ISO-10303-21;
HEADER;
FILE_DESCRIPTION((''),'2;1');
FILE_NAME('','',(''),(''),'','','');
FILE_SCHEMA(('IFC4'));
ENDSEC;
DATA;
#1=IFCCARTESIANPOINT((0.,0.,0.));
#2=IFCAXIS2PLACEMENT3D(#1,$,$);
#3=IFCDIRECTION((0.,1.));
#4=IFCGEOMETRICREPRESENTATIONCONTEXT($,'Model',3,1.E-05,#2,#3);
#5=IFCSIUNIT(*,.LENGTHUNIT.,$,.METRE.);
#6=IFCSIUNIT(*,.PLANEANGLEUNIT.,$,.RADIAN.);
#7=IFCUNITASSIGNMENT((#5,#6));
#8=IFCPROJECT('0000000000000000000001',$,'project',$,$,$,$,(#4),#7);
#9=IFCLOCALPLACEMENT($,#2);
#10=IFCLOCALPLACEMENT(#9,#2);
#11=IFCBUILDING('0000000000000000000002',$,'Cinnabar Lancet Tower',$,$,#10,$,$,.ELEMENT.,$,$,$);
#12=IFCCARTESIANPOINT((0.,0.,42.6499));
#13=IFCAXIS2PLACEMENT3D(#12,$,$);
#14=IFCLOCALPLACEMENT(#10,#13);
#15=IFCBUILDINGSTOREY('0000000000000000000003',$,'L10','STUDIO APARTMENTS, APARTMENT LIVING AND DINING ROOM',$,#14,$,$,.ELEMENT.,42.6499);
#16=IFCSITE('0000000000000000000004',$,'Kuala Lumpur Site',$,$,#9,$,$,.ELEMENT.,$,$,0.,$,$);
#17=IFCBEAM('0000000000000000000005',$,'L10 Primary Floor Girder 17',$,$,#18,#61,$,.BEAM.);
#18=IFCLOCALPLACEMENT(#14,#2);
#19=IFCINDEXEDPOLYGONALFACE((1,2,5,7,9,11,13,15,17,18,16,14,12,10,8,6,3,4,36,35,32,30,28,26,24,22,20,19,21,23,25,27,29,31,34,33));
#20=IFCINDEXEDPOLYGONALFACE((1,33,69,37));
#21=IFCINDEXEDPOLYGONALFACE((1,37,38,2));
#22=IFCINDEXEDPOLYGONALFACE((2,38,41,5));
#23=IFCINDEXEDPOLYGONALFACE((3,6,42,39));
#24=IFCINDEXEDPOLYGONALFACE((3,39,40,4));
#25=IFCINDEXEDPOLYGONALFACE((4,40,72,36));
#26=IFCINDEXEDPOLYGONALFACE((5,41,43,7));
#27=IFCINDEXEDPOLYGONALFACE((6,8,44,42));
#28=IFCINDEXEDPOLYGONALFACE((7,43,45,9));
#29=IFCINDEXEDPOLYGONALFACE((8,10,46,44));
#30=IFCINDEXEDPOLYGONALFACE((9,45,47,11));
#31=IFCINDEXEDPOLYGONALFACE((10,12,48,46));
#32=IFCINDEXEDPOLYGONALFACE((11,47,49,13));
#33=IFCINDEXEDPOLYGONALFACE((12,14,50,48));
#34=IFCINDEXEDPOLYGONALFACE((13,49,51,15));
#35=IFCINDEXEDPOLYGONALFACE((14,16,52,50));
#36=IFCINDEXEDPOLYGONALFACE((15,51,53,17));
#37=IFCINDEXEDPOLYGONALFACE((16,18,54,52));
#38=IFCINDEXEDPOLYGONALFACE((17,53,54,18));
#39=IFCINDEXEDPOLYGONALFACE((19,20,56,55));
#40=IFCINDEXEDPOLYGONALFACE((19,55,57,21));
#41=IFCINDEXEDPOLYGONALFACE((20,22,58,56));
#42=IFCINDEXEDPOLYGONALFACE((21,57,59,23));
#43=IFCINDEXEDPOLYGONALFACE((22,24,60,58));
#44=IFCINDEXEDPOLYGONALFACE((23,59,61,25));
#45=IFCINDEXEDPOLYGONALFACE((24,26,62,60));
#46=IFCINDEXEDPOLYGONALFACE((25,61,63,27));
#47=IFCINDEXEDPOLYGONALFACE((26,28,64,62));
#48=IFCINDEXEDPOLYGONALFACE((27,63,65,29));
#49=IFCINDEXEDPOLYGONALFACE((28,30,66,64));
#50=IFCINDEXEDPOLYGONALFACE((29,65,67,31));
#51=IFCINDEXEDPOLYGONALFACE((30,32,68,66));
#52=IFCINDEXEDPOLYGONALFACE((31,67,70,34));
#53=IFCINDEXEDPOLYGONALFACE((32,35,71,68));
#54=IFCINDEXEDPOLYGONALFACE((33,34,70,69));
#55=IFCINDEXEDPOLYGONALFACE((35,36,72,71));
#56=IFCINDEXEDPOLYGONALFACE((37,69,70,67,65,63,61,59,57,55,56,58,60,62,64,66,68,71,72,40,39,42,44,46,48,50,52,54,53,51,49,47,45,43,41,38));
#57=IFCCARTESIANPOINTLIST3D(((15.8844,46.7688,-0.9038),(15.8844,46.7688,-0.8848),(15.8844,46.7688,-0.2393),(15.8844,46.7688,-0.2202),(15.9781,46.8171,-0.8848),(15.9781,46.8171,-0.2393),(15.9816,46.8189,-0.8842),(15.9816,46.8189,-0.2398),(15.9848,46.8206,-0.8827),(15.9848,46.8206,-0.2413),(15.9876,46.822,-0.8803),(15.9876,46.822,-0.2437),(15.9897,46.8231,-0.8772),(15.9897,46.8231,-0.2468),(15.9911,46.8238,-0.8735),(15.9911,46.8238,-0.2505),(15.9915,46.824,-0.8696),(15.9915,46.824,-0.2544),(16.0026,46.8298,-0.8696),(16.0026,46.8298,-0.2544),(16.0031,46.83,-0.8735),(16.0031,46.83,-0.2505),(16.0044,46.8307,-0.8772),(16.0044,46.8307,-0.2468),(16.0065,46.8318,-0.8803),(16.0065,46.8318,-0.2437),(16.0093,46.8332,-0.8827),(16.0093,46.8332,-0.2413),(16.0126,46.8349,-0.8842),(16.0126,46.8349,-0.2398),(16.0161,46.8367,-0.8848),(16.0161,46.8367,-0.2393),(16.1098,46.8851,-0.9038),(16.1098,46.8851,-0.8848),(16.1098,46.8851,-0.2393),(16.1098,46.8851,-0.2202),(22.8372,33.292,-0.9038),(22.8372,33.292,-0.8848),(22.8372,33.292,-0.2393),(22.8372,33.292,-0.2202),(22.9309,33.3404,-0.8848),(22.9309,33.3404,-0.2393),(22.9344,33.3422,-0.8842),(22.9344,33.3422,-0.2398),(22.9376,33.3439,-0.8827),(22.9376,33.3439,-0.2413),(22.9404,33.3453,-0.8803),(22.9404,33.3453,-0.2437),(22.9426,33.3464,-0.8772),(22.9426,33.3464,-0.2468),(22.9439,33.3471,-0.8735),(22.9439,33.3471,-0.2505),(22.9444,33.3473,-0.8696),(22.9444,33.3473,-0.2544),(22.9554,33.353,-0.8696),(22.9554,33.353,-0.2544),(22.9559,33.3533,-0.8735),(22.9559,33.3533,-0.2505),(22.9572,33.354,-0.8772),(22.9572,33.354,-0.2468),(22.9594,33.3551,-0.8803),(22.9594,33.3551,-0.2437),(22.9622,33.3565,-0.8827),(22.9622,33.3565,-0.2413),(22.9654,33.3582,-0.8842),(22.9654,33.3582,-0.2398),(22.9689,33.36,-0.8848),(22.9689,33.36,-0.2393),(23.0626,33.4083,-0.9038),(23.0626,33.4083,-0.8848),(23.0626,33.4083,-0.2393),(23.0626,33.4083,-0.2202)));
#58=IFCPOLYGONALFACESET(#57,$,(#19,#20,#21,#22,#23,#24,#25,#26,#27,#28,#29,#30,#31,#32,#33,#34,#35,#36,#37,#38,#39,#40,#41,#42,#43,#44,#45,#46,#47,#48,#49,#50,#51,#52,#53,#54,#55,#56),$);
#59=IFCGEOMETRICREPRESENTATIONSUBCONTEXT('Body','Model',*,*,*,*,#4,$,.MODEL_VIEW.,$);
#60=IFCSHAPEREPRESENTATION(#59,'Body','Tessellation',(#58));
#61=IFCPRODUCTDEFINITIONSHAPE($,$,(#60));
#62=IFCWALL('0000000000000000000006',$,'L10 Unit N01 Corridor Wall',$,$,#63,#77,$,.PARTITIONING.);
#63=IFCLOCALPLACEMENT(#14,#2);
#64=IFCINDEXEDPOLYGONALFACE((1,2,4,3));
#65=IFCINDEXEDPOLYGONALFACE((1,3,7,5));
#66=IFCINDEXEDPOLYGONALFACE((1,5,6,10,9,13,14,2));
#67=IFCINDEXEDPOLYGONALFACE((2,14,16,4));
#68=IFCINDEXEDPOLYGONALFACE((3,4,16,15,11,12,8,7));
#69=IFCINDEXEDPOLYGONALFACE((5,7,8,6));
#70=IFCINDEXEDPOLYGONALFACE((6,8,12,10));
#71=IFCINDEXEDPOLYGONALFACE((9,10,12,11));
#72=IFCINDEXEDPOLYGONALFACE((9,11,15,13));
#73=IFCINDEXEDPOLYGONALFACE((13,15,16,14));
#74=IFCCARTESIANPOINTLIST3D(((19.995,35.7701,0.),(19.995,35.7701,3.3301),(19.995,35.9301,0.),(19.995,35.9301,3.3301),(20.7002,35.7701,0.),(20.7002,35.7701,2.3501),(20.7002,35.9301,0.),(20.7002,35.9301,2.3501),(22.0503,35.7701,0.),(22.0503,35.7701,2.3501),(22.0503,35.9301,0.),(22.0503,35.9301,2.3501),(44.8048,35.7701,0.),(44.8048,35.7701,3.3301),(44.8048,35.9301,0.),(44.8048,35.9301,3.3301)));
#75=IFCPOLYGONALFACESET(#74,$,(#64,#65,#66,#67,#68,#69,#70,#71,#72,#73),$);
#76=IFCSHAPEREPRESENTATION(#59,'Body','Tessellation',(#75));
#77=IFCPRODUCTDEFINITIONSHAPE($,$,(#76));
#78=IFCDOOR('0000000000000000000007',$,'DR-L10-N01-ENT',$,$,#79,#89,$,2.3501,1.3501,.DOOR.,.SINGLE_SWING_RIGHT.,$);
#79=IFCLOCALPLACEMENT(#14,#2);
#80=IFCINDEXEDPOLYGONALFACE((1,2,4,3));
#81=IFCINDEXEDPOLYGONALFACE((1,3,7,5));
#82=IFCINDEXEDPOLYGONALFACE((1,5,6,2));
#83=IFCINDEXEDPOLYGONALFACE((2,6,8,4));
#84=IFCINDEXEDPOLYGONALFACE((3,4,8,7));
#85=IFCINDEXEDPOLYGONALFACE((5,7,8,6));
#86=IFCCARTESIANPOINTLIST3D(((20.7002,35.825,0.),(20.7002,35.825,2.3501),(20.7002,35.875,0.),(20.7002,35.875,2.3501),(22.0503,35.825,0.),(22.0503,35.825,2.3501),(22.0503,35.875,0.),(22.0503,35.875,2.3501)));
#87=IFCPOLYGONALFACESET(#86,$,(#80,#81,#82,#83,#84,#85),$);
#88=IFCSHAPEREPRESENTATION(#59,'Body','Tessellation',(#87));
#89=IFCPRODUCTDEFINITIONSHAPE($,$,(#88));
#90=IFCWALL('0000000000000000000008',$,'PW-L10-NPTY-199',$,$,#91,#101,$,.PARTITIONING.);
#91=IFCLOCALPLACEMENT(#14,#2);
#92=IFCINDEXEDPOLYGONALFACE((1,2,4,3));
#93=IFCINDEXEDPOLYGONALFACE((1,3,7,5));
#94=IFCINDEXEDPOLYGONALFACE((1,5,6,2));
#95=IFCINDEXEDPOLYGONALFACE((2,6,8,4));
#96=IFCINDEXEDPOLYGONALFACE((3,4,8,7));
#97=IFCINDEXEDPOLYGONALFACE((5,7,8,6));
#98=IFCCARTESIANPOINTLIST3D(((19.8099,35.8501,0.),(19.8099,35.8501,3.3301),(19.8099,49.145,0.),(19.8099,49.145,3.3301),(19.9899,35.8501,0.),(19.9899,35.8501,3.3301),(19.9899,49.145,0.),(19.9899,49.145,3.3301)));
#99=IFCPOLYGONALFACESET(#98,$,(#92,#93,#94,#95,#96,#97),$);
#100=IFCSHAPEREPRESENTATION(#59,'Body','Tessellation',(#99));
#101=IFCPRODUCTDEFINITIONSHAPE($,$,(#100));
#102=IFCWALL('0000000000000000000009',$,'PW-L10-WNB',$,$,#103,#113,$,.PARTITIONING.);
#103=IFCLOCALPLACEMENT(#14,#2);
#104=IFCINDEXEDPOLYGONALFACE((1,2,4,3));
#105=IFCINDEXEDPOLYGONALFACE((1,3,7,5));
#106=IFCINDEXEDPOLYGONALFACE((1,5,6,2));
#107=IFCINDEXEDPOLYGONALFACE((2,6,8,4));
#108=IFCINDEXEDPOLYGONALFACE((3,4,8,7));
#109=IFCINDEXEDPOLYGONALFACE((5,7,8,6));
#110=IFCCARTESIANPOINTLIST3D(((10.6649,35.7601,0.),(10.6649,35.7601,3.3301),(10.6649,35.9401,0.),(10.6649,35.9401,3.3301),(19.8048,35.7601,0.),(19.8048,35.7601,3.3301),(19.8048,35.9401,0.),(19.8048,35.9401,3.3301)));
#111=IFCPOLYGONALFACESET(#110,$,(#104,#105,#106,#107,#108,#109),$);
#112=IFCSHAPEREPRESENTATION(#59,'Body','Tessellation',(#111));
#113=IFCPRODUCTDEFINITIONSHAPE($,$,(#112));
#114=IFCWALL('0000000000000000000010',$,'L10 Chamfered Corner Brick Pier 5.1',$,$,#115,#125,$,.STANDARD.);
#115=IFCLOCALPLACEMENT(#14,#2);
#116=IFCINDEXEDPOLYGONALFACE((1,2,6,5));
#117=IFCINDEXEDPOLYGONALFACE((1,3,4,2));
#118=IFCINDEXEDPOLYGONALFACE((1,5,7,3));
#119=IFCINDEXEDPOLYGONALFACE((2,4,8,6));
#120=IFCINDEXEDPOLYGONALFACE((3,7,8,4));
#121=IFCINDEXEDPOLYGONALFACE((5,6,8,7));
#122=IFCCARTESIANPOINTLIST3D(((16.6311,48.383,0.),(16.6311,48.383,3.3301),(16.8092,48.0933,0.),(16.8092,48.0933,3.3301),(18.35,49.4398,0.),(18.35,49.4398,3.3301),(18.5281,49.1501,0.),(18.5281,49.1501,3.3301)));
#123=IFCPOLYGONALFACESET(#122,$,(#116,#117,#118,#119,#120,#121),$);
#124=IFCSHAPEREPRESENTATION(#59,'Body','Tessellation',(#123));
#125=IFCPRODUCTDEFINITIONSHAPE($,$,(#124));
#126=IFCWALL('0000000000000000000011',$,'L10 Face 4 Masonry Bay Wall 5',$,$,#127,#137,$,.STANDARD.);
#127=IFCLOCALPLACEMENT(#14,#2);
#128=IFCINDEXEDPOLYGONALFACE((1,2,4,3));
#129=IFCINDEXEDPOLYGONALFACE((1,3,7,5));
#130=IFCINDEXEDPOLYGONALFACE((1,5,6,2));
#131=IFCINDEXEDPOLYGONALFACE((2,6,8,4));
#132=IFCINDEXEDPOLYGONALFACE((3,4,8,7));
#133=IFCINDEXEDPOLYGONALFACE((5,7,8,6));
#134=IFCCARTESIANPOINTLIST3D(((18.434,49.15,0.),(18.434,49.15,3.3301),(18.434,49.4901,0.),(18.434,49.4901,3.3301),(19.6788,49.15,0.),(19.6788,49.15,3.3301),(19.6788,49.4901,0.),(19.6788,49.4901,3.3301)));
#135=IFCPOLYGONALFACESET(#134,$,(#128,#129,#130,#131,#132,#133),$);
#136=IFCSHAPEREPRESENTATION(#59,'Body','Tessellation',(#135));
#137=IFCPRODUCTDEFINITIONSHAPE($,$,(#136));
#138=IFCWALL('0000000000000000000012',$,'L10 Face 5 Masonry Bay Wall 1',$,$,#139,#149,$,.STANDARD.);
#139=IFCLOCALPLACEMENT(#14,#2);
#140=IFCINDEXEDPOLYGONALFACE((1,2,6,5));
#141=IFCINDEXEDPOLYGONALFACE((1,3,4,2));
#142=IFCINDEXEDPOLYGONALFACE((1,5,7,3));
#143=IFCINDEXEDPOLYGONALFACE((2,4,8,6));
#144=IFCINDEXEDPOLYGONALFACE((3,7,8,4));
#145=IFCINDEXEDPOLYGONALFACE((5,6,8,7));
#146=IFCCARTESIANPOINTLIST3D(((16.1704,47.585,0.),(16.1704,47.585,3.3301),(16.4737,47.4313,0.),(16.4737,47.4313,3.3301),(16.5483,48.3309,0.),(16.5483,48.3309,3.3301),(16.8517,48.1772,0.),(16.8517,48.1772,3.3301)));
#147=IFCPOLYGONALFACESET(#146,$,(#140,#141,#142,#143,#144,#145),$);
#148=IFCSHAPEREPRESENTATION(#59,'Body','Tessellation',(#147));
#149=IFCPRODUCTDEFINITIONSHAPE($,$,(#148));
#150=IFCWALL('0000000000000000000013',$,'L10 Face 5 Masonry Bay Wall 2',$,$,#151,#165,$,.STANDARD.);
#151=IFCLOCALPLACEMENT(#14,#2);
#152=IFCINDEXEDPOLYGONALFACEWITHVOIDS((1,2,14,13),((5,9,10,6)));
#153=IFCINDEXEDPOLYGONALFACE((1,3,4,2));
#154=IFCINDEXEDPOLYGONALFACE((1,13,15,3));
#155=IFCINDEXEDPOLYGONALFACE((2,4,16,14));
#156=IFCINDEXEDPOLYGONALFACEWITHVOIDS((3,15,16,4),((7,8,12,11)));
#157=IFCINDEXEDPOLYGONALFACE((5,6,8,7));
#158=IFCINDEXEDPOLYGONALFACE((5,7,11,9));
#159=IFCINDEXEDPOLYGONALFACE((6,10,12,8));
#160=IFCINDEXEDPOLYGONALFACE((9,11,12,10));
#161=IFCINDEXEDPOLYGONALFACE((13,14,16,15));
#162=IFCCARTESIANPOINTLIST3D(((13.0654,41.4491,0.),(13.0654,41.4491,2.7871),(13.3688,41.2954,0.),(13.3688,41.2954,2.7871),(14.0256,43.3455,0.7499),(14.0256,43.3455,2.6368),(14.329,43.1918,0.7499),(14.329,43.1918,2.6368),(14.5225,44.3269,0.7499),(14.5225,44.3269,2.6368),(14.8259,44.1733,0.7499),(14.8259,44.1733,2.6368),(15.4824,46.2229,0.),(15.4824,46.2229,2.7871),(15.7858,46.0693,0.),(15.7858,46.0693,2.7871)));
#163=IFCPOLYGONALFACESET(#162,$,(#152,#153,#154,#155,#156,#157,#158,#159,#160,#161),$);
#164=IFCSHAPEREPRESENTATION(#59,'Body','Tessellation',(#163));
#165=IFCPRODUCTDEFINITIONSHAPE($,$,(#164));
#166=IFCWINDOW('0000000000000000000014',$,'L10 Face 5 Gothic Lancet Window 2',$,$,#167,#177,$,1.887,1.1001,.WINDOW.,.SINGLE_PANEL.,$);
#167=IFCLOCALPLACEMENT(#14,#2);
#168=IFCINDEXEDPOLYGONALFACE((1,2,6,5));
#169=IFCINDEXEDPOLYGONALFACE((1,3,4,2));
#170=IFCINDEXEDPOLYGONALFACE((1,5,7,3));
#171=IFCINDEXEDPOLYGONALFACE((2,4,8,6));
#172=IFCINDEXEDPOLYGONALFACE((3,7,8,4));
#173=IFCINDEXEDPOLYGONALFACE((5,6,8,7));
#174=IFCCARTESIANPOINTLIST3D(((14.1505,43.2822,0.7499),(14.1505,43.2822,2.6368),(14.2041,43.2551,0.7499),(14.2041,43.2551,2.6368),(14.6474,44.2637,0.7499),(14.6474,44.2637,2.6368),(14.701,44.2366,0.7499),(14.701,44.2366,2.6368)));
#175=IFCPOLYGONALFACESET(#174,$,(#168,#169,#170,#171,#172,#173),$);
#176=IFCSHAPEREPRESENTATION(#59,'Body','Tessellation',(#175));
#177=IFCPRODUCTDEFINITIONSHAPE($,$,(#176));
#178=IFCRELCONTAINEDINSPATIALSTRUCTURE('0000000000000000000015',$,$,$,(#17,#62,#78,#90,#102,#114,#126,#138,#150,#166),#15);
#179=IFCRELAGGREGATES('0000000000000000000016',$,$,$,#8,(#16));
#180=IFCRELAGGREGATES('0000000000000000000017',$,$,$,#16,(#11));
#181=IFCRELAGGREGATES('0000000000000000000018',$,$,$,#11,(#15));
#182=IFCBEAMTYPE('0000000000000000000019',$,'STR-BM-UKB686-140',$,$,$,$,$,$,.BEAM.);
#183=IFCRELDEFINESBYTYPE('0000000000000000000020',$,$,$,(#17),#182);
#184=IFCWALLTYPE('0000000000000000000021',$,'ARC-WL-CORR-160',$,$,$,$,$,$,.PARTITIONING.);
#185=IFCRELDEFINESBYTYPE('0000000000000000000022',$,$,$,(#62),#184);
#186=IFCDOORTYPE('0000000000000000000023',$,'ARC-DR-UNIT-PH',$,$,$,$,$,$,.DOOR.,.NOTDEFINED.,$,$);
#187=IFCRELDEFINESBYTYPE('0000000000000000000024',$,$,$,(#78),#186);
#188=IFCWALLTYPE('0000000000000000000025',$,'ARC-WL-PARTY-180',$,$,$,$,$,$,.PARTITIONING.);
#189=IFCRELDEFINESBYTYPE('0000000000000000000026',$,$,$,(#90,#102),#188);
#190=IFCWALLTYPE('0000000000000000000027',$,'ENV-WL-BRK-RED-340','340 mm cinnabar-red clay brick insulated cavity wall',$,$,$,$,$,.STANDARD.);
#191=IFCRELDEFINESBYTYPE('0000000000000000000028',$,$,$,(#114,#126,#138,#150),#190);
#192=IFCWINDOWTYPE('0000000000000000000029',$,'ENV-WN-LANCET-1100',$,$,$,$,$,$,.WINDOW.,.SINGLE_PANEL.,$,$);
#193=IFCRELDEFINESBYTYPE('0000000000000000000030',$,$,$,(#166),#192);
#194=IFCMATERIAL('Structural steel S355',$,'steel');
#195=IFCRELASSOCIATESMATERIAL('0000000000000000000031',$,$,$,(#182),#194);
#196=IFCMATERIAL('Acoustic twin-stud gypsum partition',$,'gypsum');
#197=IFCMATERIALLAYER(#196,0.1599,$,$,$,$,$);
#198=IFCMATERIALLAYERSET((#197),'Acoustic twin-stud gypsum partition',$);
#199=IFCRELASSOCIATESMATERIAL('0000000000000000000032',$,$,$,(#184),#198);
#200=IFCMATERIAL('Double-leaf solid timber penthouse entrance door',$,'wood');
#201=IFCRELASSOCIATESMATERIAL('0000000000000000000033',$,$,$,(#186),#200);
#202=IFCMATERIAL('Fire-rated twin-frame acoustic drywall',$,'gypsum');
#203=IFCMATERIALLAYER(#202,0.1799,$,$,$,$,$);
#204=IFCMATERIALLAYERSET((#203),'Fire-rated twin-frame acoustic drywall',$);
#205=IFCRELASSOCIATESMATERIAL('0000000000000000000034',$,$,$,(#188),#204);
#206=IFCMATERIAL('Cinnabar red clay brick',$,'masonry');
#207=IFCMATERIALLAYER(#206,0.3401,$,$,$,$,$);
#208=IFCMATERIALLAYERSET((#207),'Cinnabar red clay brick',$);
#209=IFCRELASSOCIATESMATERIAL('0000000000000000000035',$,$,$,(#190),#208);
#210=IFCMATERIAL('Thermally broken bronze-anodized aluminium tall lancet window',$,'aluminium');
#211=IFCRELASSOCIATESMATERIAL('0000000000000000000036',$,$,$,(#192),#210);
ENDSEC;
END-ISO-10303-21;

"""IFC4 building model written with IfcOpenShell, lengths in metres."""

from ifc_helpers import new_model, si_unit, direction, frame, frame_2d, origin, origin_2d, place, context, subcontext, project, spatial, rectangle, i_section, extrude, material, layer, layer_set, material_profile, profile_set, type_object, element, fill, save


model = new_model("IFC4")

# Units and contexts
model_context = context("Model", 3, precision=1e-05, world=origin(), true_north=direction((0.0, 1.0)))
body_context = subcontext(model_context, "Body", "Model", "MODEL_VIEW")
ifc_project = project(units=[si_unit("LENGTHUNIT", "METRE"), si_unit("PLANEANGLEUNIT", "RADIAN")], contexts=[model_context])

# Site, building, storey
site_placement = place(None, origin())
site = spatial("IfcSite", under=ifc_project, at=site_placement, Name="Kuala Lumpur Site", CompositionType="ELEMENT", RefElevation=0.0)
building_placement = place(site_placement, origin())
building = spatial("IfcBuilding", under=site, at=building_placement, Name="Cinnabar Lancet Tower", CompositionType="ELEMENT")
storey_placement = place(building_placement, frame((0.0, 0.0, 42.6499)))
storey = spatial("IfcBuildingStorey", under=building, at=storey_placement, Name="L10", Description="STUDIO APARTMENTS, APARTMENT LIVING AND DINING ROOM", CompositionType="ELEMENT", Elevation=42.6499)

# Beam
ifc_material_1 = material(Name="Structural steel S355", Category="steel")
ifc_material_profile_1 = material_profile(ifc_material_1, i_section(OverallWidth=0.2537, OverallDepth=0.6836, WebThickness=0.0125, FlangeThickness=0.019, FilletRadius=0.0151, at=origin_2d()), Name="UKB 686x254x140")
ifc_profile_set_1 = profile_set([ifc_material_profile_1], Name="Structural steel S355")
beam_type_1 = type_object("IfcBeamType", Name="STR-BM-UKB686-140", PredefinedType="BEAM", material=ifc_profile_set_1)
beam_1_placement = place(storey_placement, frame((15.9971, 46.8269, -0.562), z_axis=(0.458492, -0.888698, 0.0), x_axis=(0.888698, 0.458492, 0.0)))
element("IfcBeam", 1, at=beam_1_placement, inside=storey, type_object=beam_type_1, Name="L10 Primary Floor Girder 17", PredefinedType="BEAM", context=body_context, shape_type="SweptSolid", body=[
    extrude(i_section(OverallWidth=0.2537, OverallDepth=0.6836, WebThickness=0.0125, FlangeThickness=0.019, FilletRadius=0.0151, at=origin_2d()), origin(), (0.0, 0.0, 1.0), 15.1646),
])

# Wall, opening, door
ifc_material_2 = material(Name="Acoustic twin-stud gypsum partition", Category="gypsum")
ifc_layer_1 = layer(ifc_material_2, 0.1599)
ifc_layer_set_1 = layer_set([ifc_layer_1], Name="Acoustic twin-stud gypsum partition")
wall_type_1 = type_object("IfcWallType", Name="ARC-WL-CORR-160", PredefinedType="PARTITIONING", material=ifc_layer_set_1)
wall_1_placement = place(storey_placement, frame((19.9951, 35.8501, 0.0), z_axis=(0.0, 0.0, 1.0), x_axis=(1.0, 0.0, 0.0)))
wall_1 = element("IfcWall", 2, at=wall_1_placement, inside=storey, type_object=wall_type_1, Name="L10 Unit N01 Corridor Wall", PredefinedType="PARTITIONING", context=body_context, shape_type="SweptSolid", body=[
    extrude(rectangle(XDim=24.8098, YDim=0.1599, at=frame_2d((12.4048, 0.0))), origin(), (0.0, 0.0, 1.0), 3.3301),
])
opening_1_placement = place(wall_1_placement, frame((0.7051, 0.0, 0.0)))
opening_1 = element("IfcOpeningElement", 3, at=opening_1_placement, cuts=wall_1, PredefinedType="OPENING", context=body_context, shape_type="SweptSolid", body=[
    extrude(rectangle(XDim=1.3501, YDim=2.3501, at=frame_2d((0.675, 1.175))), frame((0.0, 0.0898, 0.0), z_axis=(0.0, -1.0, 0.0), x_axis=(1.0, 0.0, 0.0)), (0.0, 0.0, 1.0), 0.1799),
])
ifc_material_3 = material(Name="Double-leaf solid timber penthouse entrance door", Category="wood")
door_type = type_object("IfcDoorType", Name="ARC-DR-UNIT-PH", OperationType="NOTDEFINED", PredefinedType="DOOR", material=ifc_material_3)
door_placement = place(opening_1_placement, origin())
door = element("IfcDoor", 4, at=door_placement, inside=storey, type_object=door_type, Name="DR-L10-N01-ENT", OperationType="SINGLE_SWING_RIGHT", OverallHeight=2.3501, OverallWidth=1.3501, PredefinedType="DOOR", context=body_context, shape_type="SweptSolid", body=[
    extrude(rectangle(XDim=1.3501, YDim=2.3501, at=frame_2d((0.675, 1.175))), frame((0.0, 0.0249, 0.0), z_axis=(0.0, -1.0, 0.0), x_axis=(1.0, 0.0, 0.0)), (0.0, 0.0, 1.0), 0.05),
])
fill(opening_1, door)

# Walls
ifc_material_4 = material(Name="Fire-rated twin-frame acoustic drywall", Category="gypsum")
ifc_layer_2 = layer(ifc_material_4, 0.1799)
ifc_layer_set_2 = layer_set([ifc_layer_2], Name="Fire-rated twin-frame acoustic drywall")
wall_type_2 = type_object("IfcWallType", Name="ARC-WL-PARTY-180", PredefinedType="PARTITIONING", material=ifc_layer_set_2)
wall_2_placement = place(storey_placement, frame((19.8999, 35.8501, 0.0), z_axis=(0.0, 0.0, 1.0), x_axis=(0.0, 1.0, 0.0)))
element("IfcWall", 5, at=wall_2_placement, inside=storey, type_object=wall_type_2, Name="PW-L10-NPTY-199", PredefinedType="PARTITIONING", context=body_context, shape_type="SweptSolid", body=[
    extrude(rectangle(XDim=13.2949, YDim=0.1799, at=frame_2d((6.6475, 0.0))), origin(), (0.0, 0.0, 1.0), 3.3301),
])
wall_3_placement = place(storey_placement, frame((10.665, 35.8501, 0.0), z_axis=(0.0, 0.0, 1.0), x_axis=(1.0, 0.0, 0.0)))
element("IfcWall", 6, at=wall_3_placement, inside=storey, type_object=wall_type_2, Name="PW-L10-WNB", PredefinedType="PARTITIONING", context=body_context, shape_type="SweptSolid", body=[
    extrude(rectangle(XDim=9.1399, YDim=0.1799, at=frame_2d((4.5698, 0.0))), origin(), (0.0, 0.0, 1.0), 3.3301),
])
ifc_material_5 = material(Name="Cinnabar red clay brick", Category="masonry")
ifc_layer_3 = layer(ifc_material_5, 0.3401)
ifc_layer_set_3 = layer_set([ifc_layer_3], Name="Cinnabar red clay brick")
wall_type_3 = type_object("IfcWallType", Name="ENV-WL-BRK-RED-340", Description="340 mm cinnabar-red clay brick insulated cavity wall", PredefinedType="STANDARD", material=ifc_layer_set_3)
wall_4_placement = place(storey_placement, frame((18.439, 49.2949, 0.0), z_axis=(0.0, 0.0, 1.0), x_axis=(-0.85187, -0.523753, 0.0)))
element("IfcWall", 7, at=wall_4_placement, inside=storey, type_object=wall_type_3, Name="L10 Chamfered Corner Brick Pier 5.1", PredefinedType="STANDARD", context=body_context, shape_type="SweptSolid", body=[
    extrude(rectangle(XDim=2.0178, YDim=0.3401, at=frame_2d((1.0088, 0.0))), origin(), (0.0, 0.0, 1.0), 3.3301),
])
wall_5_placement = place(storey_placement, frame((19.679, 49.3201, 0.0), z_axis=(0.0, 0.0, 1.0), x_axis=(-1.0, 0.0, 0.0)))
element("IfcWall", 8, at=wall_5_placement, inside=storey, type_object=wall_type_3, Name="L10 Face 4 Masonry Bay Wall 5", PredefinedType="STANDARD", context=body_context, shape_type="SweptSolid", body=[
    extrude(rectangle(XDim=1.2449, YDim=0.3401, at=frame_2d((0.6226, 0.0))), origin(), (0.0, 0.0, 1.0), 3.3301),
])
wall_6_placement = place(storey_placement, frame((16.7, 48.2539, 0.0), z_axis=(0.0, 0.0, 1.0), x_axis=(-0.451996, -0.89202, 0.0)))
element("IfcWall", 9, at=wall_6_placement, inside=storey, type_object=wall_type_3, Name="L10 Face 5 Masonry Bay Wall 1", PredefinedType="STANDARD", context=body_context, shape_type="SweptSolid", body=[
    extrude(rectangle(XDim=0.8362, YDim=0.3401, at=frame_2d((0.418, 0.0))), origin(), (0.0, 0.0, 1.0), 3.3301),
])

# Wall, opening, window
wall_7_placement = place(storey_placement, frame((15.634, 46.146, 0.0), z_axis=(0.0, 0.0, 1.0), x_axis=(-0.451698, -0.892171, 0.0)))
wall_7 = element("IfcWall", 10, at=wall_7_placement, inside=storey, type_object=wall_type_3, Name="L10 Face 5 Masonry Bay Wall 2", PredefinedType="STANDARD", context=body_context, shape_type="SweptSolid", body=[
    extrude(rectangle(XDim=5.3508, YDim=0.3401, at=frame_2d((2.6753, 0.0))), origin(), (0.0, 0.0, 1.0), 2.7871),
])
opening_2_placement = place(wall_7_placement, frame((2.125, 0.0, 0.75)))
opening_2 = element("IfcOpeningElement", 11, at=opening_2_placement, cuts=wall_7, PredefinedType="OPENING", context=body_context, shape_type="SweptSolid", body=[
    extrude(rectangle(XDim=1.1001, YDim=1.887, at=frame_2d((0.55, 0.9434))), frame((0.0, 0.1799, 0.0), z_axis=(0.0, -1.0, 0.0), x_axis=(1.0, 0.0, 0.0)), (0.0, 0.0, 1.0), 0.3601),
])
ifc_material_6 = material(Name="Thermally broken bronze-anodized aluminium tall lancet window", Category="aluminium")
window_type = type_object("IfcWindowType", Name="ENV-WN-LANCET-1100", PartitioningType="SINGLE_PANEL", PredefinedType="WINDOW", material=ifc_material_6)
window_1_placement = place(opening_2_placement, origin())
window_1 = element("IfcWindow", 12, at=window_1_placement, inside=storey, type_object=window_type, Name="L10 Face 5 Gothic Lancet Window 2", OverallHeight=1.887, OverallWidth=1.1001, PartitioningType="SINGLE_PANEL", PredefinedType="WINDOW", context=body_context, shape_type="SweptSolid", body=[
    extrude(rectangle(XDim=1.1001, YDim=1.887, at=frame_2d((0.55, 0.9434))), frame((0.0, 0.03, 0.0), z_axis=(0.0, -1.0, 0.0), x_axis=(1.0, 0.0, 0.0)), (0.0, 0.0, 1.0), 0.0601),
])
fill(opening_2, window_1)

save(model, "model.ifc")
